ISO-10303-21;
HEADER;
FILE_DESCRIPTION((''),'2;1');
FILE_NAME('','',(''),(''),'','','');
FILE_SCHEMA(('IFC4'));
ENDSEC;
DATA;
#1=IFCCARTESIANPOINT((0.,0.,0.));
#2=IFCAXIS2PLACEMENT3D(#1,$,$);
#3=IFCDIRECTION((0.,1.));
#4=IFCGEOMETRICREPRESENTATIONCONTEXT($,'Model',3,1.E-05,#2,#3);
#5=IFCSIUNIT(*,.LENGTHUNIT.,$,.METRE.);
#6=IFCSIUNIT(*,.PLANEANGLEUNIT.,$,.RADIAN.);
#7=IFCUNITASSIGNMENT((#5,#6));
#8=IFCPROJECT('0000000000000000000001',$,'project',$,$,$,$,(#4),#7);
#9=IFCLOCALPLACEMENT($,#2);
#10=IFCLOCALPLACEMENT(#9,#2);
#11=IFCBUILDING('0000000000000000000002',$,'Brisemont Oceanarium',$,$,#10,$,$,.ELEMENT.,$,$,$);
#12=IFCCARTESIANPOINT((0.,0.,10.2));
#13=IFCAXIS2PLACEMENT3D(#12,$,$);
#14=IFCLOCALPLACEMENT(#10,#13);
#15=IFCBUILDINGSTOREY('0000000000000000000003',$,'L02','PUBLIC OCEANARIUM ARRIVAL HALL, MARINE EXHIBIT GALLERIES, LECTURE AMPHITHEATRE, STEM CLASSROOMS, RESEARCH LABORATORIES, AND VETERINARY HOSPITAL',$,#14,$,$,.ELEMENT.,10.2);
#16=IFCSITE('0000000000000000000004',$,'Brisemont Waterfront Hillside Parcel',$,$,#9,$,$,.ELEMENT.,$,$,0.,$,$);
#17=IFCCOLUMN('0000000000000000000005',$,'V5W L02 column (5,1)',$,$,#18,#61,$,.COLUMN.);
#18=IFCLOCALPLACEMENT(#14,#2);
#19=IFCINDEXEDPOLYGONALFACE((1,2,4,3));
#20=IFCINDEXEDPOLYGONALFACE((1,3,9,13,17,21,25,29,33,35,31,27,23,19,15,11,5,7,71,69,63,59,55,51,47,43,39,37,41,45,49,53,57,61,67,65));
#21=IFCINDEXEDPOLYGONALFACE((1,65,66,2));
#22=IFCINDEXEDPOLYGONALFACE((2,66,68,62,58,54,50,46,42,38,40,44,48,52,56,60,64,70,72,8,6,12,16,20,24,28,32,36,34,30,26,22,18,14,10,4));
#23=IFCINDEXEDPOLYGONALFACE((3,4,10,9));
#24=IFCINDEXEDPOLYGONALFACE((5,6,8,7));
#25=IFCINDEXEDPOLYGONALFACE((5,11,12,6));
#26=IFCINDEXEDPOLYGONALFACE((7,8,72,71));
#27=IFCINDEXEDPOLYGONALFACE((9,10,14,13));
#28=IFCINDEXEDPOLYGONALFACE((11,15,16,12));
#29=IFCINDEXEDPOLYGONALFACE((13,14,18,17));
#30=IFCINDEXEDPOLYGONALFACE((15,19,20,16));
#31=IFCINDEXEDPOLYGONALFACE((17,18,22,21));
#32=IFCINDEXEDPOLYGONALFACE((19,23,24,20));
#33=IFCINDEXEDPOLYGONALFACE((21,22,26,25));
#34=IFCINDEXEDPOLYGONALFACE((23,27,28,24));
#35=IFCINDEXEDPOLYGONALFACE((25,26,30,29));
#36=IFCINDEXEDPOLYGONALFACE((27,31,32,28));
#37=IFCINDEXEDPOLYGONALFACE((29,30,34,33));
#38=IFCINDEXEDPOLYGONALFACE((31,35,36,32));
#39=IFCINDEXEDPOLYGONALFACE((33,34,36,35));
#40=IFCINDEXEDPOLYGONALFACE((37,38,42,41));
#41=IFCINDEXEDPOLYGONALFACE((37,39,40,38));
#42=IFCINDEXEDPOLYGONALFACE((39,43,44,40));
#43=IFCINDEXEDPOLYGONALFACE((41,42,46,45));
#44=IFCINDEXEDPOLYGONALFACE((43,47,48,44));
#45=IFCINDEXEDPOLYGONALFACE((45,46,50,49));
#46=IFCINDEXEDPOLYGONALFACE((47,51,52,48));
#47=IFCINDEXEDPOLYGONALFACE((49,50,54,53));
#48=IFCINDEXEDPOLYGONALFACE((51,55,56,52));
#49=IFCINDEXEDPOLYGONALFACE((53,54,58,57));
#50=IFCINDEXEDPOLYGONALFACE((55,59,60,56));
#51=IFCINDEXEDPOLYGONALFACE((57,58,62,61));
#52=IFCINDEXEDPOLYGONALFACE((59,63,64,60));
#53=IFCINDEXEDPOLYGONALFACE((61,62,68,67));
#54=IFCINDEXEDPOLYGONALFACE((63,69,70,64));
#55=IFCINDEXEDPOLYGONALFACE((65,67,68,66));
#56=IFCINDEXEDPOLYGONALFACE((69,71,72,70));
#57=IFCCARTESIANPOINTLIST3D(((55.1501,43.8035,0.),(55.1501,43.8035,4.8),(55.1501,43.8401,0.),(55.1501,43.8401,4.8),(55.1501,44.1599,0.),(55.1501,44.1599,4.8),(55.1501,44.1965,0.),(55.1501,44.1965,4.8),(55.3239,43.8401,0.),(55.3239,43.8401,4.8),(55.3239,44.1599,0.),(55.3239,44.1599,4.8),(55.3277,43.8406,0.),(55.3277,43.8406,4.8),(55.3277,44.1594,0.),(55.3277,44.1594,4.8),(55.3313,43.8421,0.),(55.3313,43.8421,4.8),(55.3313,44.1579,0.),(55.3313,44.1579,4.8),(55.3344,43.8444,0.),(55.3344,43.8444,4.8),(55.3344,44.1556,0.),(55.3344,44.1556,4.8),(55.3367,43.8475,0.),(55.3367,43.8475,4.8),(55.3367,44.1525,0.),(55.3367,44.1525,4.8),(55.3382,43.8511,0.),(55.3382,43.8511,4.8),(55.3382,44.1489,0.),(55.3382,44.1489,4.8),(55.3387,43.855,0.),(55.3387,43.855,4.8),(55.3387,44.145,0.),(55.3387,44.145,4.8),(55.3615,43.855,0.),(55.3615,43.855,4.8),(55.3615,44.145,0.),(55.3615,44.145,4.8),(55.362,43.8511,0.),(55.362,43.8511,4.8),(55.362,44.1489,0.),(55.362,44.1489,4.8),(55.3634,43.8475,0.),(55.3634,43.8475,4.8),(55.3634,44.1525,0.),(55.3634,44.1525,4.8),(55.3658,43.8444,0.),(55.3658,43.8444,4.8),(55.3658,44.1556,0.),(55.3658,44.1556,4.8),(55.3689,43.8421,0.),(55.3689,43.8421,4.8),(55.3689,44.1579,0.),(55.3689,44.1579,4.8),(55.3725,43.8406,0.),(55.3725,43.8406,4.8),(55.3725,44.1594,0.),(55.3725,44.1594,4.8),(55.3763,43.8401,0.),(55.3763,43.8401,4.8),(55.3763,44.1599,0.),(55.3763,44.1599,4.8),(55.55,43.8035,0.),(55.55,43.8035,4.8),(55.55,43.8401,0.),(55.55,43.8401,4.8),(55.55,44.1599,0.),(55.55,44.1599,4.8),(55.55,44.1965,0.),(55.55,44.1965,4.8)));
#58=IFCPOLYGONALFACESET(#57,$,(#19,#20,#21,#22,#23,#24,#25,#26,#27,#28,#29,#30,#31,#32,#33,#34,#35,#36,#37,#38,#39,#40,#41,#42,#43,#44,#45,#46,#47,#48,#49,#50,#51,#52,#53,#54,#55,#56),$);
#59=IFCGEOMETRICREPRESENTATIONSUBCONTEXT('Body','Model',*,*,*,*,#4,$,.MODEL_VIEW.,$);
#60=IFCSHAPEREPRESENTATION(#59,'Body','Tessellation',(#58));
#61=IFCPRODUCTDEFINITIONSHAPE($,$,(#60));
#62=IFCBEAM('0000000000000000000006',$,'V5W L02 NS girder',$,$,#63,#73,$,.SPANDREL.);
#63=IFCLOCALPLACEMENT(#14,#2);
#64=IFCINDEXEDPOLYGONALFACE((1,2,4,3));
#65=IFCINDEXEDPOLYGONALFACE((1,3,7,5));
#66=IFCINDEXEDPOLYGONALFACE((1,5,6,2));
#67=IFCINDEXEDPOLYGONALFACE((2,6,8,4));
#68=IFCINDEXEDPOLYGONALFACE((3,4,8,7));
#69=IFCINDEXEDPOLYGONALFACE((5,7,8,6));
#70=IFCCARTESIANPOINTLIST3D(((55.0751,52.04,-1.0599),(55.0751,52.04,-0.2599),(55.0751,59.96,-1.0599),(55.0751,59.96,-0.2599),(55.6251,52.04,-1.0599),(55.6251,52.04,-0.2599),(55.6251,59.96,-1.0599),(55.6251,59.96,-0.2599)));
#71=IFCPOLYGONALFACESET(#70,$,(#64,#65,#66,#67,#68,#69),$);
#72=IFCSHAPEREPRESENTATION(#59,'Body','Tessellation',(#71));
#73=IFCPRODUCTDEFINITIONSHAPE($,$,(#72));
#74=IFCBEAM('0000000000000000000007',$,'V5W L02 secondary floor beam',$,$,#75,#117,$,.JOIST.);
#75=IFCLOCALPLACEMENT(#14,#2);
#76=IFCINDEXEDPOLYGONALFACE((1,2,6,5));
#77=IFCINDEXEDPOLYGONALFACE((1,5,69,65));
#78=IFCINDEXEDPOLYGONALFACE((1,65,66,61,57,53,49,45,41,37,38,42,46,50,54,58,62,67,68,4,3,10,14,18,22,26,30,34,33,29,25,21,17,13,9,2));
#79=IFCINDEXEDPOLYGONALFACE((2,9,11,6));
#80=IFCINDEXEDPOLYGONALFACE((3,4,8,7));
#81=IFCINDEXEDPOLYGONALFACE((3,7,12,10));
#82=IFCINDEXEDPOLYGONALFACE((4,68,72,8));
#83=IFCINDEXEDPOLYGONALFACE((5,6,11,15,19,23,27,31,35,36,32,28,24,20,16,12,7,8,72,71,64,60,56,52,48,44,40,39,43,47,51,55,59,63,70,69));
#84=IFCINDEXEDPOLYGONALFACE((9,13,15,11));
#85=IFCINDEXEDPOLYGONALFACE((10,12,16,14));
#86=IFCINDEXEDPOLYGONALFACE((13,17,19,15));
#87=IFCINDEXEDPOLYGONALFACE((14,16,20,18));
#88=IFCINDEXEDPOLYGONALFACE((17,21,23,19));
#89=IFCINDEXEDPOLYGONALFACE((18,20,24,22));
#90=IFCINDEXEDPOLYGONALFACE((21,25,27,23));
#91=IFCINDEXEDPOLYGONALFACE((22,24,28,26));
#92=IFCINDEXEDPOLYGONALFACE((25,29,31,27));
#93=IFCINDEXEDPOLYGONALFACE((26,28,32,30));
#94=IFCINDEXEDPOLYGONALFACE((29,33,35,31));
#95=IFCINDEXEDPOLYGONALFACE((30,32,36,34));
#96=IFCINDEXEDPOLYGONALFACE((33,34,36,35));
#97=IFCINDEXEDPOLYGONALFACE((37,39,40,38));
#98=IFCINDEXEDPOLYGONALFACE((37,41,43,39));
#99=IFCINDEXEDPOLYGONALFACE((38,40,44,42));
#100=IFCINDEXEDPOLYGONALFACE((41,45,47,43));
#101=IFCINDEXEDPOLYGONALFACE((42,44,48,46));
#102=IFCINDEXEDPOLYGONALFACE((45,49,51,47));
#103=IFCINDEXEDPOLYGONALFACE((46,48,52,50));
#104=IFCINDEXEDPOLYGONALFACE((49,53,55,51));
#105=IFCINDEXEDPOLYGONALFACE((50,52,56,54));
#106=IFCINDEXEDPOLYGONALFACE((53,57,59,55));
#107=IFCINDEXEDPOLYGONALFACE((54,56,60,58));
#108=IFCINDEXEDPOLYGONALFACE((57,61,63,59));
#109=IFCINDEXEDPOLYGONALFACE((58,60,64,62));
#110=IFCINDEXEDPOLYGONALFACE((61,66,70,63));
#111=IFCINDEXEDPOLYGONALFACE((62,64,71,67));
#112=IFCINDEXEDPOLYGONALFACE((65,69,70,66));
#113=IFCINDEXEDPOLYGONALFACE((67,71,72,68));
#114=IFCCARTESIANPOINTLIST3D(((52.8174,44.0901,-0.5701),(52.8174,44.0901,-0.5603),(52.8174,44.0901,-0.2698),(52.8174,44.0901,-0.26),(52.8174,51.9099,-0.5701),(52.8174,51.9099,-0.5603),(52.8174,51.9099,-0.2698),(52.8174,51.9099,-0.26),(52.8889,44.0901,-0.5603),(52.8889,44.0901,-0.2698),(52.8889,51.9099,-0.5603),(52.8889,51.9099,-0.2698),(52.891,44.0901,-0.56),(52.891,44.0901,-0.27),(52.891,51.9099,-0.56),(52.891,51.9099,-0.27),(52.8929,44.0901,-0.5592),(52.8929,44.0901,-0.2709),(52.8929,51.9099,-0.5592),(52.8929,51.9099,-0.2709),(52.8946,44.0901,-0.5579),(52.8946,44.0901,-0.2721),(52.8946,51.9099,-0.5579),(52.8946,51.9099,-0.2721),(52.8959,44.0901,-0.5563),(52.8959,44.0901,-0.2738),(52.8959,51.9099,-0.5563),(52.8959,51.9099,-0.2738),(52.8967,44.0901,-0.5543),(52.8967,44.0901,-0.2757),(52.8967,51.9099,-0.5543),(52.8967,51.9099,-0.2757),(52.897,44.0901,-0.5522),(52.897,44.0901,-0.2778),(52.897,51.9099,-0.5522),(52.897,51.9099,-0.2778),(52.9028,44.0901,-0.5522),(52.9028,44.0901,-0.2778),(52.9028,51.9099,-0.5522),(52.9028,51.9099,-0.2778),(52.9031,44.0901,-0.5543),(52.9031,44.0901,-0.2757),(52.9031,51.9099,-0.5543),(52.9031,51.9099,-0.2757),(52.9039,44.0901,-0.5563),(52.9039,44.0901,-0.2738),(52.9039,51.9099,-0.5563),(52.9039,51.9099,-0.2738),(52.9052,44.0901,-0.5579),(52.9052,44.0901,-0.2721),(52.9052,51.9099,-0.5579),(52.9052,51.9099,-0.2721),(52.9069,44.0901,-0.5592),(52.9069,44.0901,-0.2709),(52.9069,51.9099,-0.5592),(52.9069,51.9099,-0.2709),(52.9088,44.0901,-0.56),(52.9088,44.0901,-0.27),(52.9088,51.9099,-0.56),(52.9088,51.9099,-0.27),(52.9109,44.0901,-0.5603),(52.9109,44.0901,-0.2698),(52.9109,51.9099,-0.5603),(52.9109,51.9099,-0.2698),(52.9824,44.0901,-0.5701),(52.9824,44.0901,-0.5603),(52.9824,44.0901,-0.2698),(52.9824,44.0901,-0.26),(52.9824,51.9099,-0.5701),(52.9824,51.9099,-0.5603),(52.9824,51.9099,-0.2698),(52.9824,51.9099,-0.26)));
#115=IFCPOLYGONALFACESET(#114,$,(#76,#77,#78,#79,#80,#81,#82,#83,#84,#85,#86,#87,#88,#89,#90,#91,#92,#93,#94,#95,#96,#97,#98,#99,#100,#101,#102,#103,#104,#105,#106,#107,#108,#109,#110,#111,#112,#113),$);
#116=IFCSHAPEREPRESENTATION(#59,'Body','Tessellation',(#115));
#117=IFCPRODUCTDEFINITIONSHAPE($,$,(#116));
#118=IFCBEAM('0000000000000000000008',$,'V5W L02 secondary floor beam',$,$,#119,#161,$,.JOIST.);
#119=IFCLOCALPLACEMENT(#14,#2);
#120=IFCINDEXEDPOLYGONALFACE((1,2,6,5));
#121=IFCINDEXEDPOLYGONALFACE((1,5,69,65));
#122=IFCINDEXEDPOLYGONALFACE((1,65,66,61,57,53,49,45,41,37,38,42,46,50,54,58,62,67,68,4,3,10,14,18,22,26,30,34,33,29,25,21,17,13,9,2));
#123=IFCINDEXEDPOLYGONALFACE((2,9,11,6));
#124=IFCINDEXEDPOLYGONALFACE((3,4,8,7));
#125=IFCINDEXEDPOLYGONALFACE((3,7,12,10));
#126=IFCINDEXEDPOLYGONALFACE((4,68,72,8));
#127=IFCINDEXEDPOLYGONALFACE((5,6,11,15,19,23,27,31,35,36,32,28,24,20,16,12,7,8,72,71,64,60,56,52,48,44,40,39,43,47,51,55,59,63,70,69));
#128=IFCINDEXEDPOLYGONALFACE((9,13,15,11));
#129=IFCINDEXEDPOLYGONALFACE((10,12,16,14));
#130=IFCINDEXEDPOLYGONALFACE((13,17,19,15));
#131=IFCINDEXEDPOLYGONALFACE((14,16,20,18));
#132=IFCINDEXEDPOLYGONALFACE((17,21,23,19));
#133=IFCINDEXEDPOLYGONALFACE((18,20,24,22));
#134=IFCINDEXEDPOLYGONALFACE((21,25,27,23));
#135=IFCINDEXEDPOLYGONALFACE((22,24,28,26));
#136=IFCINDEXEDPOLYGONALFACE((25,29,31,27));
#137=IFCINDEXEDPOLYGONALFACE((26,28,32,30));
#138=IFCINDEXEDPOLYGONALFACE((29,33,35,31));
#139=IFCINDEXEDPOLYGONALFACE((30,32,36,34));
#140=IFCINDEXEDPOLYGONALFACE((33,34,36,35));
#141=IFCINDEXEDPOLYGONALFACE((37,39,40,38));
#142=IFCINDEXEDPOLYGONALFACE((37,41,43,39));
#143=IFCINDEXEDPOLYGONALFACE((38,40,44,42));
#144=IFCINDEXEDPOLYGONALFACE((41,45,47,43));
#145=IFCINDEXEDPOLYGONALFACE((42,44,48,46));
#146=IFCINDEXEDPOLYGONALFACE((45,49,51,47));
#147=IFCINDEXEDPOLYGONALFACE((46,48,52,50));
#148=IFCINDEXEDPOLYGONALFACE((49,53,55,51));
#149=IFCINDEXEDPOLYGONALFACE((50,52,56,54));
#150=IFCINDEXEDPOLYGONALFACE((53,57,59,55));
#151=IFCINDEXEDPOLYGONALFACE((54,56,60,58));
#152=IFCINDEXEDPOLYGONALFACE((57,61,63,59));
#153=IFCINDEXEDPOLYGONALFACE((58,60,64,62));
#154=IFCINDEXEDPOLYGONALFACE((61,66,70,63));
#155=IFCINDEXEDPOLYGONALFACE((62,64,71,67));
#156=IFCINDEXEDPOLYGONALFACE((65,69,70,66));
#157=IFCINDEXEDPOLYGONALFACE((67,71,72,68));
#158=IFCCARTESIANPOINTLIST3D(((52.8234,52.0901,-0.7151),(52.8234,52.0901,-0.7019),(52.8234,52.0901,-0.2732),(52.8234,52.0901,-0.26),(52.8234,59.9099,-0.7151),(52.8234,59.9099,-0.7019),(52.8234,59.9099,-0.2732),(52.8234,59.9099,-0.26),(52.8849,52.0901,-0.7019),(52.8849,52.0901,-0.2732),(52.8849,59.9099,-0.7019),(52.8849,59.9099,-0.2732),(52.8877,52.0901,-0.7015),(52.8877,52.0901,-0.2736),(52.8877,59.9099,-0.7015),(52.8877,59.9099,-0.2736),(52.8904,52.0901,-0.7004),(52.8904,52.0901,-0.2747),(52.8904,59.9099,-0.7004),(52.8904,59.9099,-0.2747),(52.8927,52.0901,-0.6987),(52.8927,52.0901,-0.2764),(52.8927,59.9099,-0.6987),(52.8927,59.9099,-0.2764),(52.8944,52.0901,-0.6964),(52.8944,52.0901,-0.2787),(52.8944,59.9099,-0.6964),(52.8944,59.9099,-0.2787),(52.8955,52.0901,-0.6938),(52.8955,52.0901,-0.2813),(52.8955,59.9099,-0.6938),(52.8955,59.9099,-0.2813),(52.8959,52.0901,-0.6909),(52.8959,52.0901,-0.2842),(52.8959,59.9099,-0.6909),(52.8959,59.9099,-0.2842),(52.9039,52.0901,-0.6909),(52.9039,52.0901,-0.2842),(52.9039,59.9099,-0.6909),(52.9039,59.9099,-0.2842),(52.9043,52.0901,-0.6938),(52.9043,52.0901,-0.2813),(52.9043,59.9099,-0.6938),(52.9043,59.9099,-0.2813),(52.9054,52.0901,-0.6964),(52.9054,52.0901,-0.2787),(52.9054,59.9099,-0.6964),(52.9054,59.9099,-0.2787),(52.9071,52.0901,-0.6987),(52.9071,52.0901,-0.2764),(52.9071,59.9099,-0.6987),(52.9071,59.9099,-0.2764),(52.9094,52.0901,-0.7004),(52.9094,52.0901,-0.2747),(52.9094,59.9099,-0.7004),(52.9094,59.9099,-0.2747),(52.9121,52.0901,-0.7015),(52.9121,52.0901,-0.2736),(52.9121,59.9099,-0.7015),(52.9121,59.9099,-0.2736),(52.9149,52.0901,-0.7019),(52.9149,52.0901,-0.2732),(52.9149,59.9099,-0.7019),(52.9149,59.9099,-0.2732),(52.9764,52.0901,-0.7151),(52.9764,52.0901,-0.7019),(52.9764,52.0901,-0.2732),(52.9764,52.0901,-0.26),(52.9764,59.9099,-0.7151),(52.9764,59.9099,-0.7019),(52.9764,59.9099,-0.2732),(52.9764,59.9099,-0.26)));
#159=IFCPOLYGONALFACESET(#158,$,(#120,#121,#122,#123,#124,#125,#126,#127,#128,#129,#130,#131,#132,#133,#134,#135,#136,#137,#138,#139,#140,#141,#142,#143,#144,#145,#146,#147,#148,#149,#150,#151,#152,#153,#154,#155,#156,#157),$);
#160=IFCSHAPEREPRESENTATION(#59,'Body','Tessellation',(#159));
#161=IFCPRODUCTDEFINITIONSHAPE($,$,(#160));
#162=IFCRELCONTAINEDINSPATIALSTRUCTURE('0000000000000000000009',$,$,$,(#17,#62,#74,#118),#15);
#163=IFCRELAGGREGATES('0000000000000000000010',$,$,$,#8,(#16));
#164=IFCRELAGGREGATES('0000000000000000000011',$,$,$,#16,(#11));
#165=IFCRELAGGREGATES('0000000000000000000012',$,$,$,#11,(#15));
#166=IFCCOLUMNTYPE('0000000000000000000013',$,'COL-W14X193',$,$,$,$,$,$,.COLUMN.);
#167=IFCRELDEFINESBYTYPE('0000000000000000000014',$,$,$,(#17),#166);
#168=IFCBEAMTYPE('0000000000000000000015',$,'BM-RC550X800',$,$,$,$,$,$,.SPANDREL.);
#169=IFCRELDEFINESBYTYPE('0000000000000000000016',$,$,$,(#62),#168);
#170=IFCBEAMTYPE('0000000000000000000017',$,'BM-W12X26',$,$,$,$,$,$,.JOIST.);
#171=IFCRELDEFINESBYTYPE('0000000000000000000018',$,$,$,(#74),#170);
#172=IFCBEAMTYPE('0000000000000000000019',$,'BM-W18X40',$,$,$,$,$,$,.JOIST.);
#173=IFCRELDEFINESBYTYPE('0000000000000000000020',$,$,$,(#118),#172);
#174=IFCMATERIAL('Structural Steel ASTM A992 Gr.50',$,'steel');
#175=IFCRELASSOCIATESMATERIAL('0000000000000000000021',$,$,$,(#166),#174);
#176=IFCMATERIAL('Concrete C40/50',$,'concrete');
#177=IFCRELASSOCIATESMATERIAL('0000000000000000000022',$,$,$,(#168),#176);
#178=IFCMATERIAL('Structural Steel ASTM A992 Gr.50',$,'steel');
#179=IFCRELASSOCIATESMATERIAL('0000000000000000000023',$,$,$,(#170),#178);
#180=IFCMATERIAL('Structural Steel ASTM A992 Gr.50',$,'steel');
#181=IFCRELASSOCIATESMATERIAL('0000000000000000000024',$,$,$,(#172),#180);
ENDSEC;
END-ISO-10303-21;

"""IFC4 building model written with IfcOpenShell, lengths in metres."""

from ifc_helpers import new_model, si_unit, direction, frame, origin, origin_2d, place, context, subcontext, project, spatial, rectangle, i_section, extrude, material, material_profile, profile_set, type_object, element, save


model = new_model("IFC4")

# Units and contexts
model_context = context("Model", 3, precision=1e-05, world=origin(), true_north=direction((0.0, 1.0)))
body_context = subcontext(model_context, "Body", "Model", "MODEL_VIEW")
ifc_project = project(units=[si_unit("LENGTHUNIT", "METRE"), si_unit("PLANEANGLEUNIT", "RADIAN")], contexts=[model_context])

# Site, building, storey
site_placement = place(None, origin())
site = spatial("IfcSite", under=ifc_project, at=site_placement, Name="Brisemont Waterfront Hillside Parcel", CompositionType="ELEMENT", RefElevation=0.0)
building_placement = place(site_placement, origin())
building = spatial("IfcBuilding", under=site, at=building_placement, Name="Brisemont Oceanarium", CompositionType="ELEMENT")
storey_placement = place(building_placement, frame((0.0, 0.0, 10.2)))
storey = spatial("IfcBuildingStorey", under=building, at=storey_placement, Name="L02", Description="PUBLIC OCEANARIUM ARRIVAL HALL, MARINE EXHIBIT GALLERIES, LECTURE AMPHITHEATRE, STEM CLASSROOMS, RESEARCH LABORATORIES, AND VETERINARY HOSPITAL", CompositionType="ELEMENT", Elevation=10.2)

# Column
ifc_material_1 = material(Name="Structural Steel ASTM A992 Gr.50", Category="steel")
ifc_material_profile_1 = material_profile(ifc_material_1, i_section(OverallWidth=0.3999, OverallDepth=0.3931, WebThickness=0.0227, FlangeThickness=0.0366, FilletRadius=0.0149, at=origin_2d()), Name="W14X193")
ifc_profile_set_1 = profile_set([ifc_material_profile_1], Name="Structural Steel ASTM A992 Gr.50")
column_type_1 = type_object("IfcColumnType", Name="COL-W14X193", PredefinedType="COLUMN", material=ifc_profile_set_1)
column_1_placement = place(storey_placement, frame((55.3501, 44.0, 0.0), z_axis=(0.0, 0.0, 1.0), x_axis=(1.0, 0.0, 0.0)))
element("IfcColumn", 1, at=column_1_placement, inside=storey, type_object=column_type_1, Name="V5W L02 column (5,1)", PredefinedType="COLUMN", context=body_context, shape_type="SweptSolid", body=[
    extrude(i_section(OverallWidth=0.3999, OverallDepth=0.3931, WebThickness=0.0227, FlangeThickness=0.0366, FilletRadius=0.0149, at=origin_2d()), origin(), (0.0, 0.0, 1.0), 4.8),
])

# Beams
ifc_material_2 = material(Name="Concrete C40/50", Category="concrete")
ifc_material_profile_2 = material_profile(ifc_material_2, rectangle(XDim=0.55, YDim=0.8, at=origin_2d()), Name="RC-BM-550X800")
ifc_profile_set_2 = profile_set([ifc_material_profile_2], Name="Concrete C40/50")
beam_type_1 = type_object("IfcBeamType", Name="BM-RC550X800", PredefinedType="SPANDREL", material=ifc_profile_set_2)
beam_1_placement = place(storey_placement, frame((55.3501, 52.04, -0.6599), z_axis=(0.0, 1.0, 0.0), x_axis=(-1.0, 0.0, 0.0)))
element("IfcBeam", 2, at=beam_1_placement, inside=storey, type_object=beam_type_1, Name="V5W L02 NS girder", PredefinedType="SPANDREL", context=body_context, shape_type="SweptSolid", body=[
    extrude(rectangle(XDim=0.55, YDim=0.8, at=origin_2d()), origin(), (0.0, 0.0, 1.0), 7.9199),
])
ifc_material_3 = material(Name="Structural Steel ASTM A992 Gr.50", Category="steel")
ifc_material_profile_3 = material_profile(ifc_material_3, i_section(OverallWidth=0.165, OverallDepth=0.3101, WebThickness=0.0059, FlangeThickness=0.0098, FilletRadius=0.0081, at=origin_2d()), Name="W12X26")
ifc_profile_set_3 = profile_set([ifc_material_profile_3], Name="Structural Steel ASTM A992 Gr.50")
beam_type_2 = type_object("IfcBeamType", Name="BM-W12X26", PredefinedType="JOIST", material=ifc_profile_set_3)
beam_2_placement = place(storey_placement, frame((52.8999, 44.0901, -0.415), z_axis=(0.0, 1.0, 0.0), x_axis=(-1.0, 0.0, 0.0)))
element("IfcBeam", 3, at=beam_2_placement, inside=storey, type_object=beam_type_2, Name="V5W L02 secondary floor beam", PredefinedType="JOIST", context=body_context, shape_type="SweptSolid", body=[
    extrude(i_section(OverallWidth=0.165, OverallDepth=0.3101, WebThickness=0.0059, FlangeThickness=0.0098, FilletRadius=0.0081, at=origin_2d()), origin(), (0.0, 0.0, 1.0), 7.8198),
])
ifc_material_4 = material(Name="Structural Steel ASTM A992 Gr.50", Category="steel")
ifc_material_profile_4 = material_profile(ifc_material_4, i_section(OverallWidth=0.1531, OverallDepth=0.4551, WebThickness=0.0081, FlangeThickness=0.0132, FilletRadius=0.011, at=origin_2d()), Name="W18X40")
ifc_profile_set_4 = profile_set([ifc_material_profile_4], Name="Structural Steel ASTM A992 Gr.50")
beam_type_3 = type_object("IfcBeamType", Name="BM-W18X40", PredefinedType="JOIST", material=ifc_profile_set_4)
beam_3_placement = place(storey_placement, frame((52.8999, 52.0901, -0.4875), z_axis=(0.0, 1.0, 0.0), x_axis=(-1.0, 0.0, 0.0)))
element("IfcBeam", 4, at=beam_3_placement, inside=storey, type_object=beam_type_3, Name="V5W L02 secondary floor beam", PredefinedType="JOIST", context=body_context, shape_type="SweptSolid", body=[
    extrude(i_section(OverallWidth=0.1531, OverallDepth=0.4551, WebThickness=0.0081, FlangeThickness=0.0132, FilletRadius=0.011, at=origin_2d()), origin(), (0.0, 0.0, 1.0), 7.8198),
])

save(model, "model.ifc")
